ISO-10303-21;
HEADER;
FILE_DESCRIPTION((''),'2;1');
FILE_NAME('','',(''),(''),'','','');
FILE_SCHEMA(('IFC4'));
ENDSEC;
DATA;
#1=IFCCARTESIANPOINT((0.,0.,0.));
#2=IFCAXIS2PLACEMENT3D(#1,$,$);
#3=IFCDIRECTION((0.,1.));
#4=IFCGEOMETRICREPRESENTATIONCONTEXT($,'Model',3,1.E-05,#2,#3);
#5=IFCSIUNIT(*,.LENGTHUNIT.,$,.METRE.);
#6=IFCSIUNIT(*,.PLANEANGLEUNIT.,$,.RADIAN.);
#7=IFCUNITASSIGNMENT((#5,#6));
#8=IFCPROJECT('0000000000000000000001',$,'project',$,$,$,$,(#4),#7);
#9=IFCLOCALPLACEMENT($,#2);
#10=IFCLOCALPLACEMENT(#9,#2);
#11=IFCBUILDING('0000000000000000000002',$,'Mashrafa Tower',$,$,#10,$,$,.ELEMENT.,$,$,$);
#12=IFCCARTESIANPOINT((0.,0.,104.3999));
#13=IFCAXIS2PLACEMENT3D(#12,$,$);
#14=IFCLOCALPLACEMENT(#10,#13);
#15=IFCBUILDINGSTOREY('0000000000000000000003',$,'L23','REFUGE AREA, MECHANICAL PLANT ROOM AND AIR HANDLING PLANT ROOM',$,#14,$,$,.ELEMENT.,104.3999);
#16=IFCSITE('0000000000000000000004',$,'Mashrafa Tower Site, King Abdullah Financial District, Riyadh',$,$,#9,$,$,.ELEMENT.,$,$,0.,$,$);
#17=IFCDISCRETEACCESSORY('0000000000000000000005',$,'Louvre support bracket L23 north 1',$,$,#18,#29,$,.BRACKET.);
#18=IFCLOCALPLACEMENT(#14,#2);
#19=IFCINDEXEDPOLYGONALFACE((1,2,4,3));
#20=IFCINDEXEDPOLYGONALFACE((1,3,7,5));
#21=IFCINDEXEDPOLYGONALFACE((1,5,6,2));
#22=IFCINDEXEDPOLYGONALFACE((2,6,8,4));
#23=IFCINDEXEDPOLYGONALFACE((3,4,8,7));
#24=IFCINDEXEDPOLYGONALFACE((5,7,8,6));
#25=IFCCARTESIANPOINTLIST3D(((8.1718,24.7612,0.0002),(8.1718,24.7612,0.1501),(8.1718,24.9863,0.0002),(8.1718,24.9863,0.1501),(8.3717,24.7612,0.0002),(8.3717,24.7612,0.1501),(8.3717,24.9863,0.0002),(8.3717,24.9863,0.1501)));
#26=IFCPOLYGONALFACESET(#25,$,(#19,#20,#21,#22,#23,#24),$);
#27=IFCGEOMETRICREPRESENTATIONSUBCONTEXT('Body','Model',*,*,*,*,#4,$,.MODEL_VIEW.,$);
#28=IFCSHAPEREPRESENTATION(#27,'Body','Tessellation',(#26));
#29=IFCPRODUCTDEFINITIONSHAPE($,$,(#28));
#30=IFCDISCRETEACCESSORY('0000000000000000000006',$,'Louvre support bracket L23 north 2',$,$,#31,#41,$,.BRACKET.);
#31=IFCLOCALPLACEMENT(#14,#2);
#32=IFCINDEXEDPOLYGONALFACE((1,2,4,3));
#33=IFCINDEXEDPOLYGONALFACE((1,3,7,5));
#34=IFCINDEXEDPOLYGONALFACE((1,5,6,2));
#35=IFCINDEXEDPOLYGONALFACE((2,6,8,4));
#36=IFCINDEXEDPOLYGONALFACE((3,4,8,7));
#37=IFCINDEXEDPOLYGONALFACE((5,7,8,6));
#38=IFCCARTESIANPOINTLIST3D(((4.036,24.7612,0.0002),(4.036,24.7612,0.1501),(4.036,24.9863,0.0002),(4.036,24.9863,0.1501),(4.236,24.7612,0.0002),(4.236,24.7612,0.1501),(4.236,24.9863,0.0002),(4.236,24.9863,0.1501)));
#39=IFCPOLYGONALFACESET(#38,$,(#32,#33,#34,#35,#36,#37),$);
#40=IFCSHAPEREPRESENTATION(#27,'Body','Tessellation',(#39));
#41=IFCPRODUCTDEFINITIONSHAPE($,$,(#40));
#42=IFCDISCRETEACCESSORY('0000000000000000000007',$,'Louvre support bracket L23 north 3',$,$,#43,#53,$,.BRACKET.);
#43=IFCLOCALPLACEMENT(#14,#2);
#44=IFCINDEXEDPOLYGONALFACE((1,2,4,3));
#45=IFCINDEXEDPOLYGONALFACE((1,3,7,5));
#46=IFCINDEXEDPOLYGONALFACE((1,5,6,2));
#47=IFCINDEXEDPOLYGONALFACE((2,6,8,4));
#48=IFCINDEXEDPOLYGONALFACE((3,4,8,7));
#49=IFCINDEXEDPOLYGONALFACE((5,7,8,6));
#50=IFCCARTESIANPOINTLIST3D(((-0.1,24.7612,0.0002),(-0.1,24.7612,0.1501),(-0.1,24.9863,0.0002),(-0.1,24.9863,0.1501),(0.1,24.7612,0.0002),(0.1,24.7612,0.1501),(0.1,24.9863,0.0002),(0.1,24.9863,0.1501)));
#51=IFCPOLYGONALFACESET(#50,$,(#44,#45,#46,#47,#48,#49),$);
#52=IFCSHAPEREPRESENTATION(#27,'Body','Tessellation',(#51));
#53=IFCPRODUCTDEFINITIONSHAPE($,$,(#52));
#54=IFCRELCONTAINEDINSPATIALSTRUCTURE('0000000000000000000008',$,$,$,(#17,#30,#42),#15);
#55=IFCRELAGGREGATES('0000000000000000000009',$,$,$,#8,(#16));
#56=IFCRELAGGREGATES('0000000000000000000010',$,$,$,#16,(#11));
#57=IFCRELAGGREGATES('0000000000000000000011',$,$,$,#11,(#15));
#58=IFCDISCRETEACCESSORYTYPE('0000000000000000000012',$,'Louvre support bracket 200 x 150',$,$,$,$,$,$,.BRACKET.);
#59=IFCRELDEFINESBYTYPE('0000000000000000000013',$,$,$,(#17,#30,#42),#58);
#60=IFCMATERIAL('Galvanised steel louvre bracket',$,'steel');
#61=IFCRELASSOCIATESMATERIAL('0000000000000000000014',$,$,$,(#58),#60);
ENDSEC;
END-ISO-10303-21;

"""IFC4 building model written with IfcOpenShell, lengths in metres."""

from ifc_helpers import new_model, si_unit, direction, frame, origin, origin_2d, place, context, subcontext, project, spatial, rectangle, extrude, source, transform, mapped, material, type_object, type_shapes, element, save


model = new_model("IFC4")

# Units and contexts
model_context = context("Model", 3, precision=1e-05, world=origin(), true_north=direction((0.0, 1.0)))
body_context = subcontext(model_context, "Body", "Model", "MODEL_VIEW")
ifc_project = project(units=[si_unit("LENGTHUNIT", "METRE"), si_unit("PLANEANGLEUNIT", "RADIAN")], contexts=[model_context])

# Site, building, storey
site_placement = place(None, origin())
site = spatial("IfcSite", under=ifc_project, at=site_placement, Name="Mashrafa Tower Site, King Abdullah Financial District, Riyadh", CompositionType="ELEMENT", RefElevation=0.0)
building_placement = place(site_placement, origin())
building = spatial("IfcBuilding", under=site, at=building_placement, Name="Mashrafa Tower", CompositionType="ELEMENT")
storey_placement = place(building_placement, frame((0.0, 0.0, 104.3999)))
storey = spatial("IfcBuildingStorey", under=building, at=storey_placement, Name="L23", Description="REFUGE AREA, MECHANICAL PLANT ROOM AND AIR HANDLING PLANT ROOM", CompositionType="ELEMENT", Elevation=104.3999)

# Discrete accessories
ifc_material_1 = material(Name="Galvanised steel louvre bracket", Category="steel")
discrete_accessory_type = type_object("IfcDiscreteAccessoryType", Name="Louvre support bracket 200 x 150", PredefinedType="BRACKET", material=ifc_material_1)
shared_shape_1 = source(origin(), body_context, "Body", "SweptSolid", [
    extrude(rectangle(XDim=0.2, YDim=0.2251, at=origin_2d()), origin(), (0.0, 0.0, 1.0), 0.1499),
])
type_shapes(discrete_accessory_type, [shared_shape_1])
for number, where, z_axis, x_axis, name in (
    (1, (8.2717, 24.8738, 0.0002), (0.0, 0.0, 1.0), (-1.0, 0.0, 0.0), "Louvre support bracket L23 north 1"),
    (2, (4.136, 24.8738, 0.0002), (0.0, 0.0, 1.0), (-1.0, 0.0, 0.0), "Louvre support bracket L23 north 2"),
    (3, (0.0, 24.8738, 0.0002), (0.0, 0.0, 1.0), (-1.0, 0.0, 0.0), "Louvre support bracket L23 north 3"),
):
    element("IfcDiscreteAccessory", number, at=place(storey_placement, frame(where, z_axis=z_axis, x_axis=x_axis)), inside=storey, type_object=discrete_accessory_type, Name=name, PredefinedType="BRACKET", context=body_context, shape_type="MappedRepresentation", body=[
        mapped(shared_shape_1, transform((0.0, 0.0, 0.0))),
    ])

save(model, "model.ifc")
